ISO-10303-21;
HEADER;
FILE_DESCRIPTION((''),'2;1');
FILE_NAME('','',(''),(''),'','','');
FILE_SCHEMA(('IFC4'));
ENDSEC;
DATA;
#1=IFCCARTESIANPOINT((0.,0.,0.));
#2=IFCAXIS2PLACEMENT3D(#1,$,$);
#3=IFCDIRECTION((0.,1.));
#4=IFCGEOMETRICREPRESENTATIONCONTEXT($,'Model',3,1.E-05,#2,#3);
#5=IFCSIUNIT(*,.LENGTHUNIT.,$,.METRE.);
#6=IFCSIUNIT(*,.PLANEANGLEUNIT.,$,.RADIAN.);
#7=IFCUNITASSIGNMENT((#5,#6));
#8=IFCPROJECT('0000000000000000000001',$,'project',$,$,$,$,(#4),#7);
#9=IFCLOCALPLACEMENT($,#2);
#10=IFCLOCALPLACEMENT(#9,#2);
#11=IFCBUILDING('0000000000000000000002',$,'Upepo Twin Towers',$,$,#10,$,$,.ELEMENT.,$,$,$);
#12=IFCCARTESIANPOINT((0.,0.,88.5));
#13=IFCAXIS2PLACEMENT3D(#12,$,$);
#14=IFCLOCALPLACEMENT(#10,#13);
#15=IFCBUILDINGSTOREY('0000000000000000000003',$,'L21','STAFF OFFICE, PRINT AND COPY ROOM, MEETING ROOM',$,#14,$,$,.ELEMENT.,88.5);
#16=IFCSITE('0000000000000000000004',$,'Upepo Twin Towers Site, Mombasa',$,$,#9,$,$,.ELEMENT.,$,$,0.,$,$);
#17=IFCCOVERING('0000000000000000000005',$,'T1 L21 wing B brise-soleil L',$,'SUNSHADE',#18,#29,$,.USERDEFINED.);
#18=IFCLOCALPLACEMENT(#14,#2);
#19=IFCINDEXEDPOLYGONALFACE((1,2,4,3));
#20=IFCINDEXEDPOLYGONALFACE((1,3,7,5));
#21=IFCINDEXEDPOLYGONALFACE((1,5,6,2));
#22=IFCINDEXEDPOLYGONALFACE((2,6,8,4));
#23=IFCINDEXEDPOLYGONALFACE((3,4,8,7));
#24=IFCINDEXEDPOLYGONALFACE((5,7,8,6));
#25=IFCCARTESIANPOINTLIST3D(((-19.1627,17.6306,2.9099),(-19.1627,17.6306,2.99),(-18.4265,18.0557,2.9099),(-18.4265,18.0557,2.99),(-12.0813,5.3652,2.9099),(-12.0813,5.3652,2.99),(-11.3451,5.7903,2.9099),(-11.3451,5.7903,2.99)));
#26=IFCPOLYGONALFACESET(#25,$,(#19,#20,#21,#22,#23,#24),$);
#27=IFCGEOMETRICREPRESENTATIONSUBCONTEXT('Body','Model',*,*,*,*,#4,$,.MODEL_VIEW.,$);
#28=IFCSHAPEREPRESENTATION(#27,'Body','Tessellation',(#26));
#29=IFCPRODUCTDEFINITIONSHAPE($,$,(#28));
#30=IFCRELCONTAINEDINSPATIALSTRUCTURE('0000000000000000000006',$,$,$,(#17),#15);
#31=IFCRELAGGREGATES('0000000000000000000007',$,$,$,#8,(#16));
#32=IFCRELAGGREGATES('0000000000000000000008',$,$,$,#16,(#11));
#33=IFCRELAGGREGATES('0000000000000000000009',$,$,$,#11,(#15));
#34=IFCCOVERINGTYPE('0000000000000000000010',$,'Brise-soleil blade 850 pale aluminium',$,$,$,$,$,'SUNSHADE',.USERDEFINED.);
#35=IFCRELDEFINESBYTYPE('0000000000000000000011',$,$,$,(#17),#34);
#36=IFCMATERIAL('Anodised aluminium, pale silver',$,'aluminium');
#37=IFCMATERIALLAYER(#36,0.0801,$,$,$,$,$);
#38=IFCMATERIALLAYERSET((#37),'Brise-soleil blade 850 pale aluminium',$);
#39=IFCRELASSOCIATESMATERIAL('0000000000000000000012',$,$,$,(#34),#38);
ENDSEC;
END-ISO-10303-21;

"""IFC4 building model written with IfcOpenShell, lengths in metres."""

from ifc_helpers import new_model, si_unit, direction, frame, origin, origin_2d, place, context, subcontext, project, spatial, rectangle, extrude, material, layer, layer_set, type_object, element, save


model = new_model("IFC4")

# Units and contexts
model_context = context("Model", 3, precision=1e-05, world=origin(), true_north=direction((0.0, 1.0)))
body_context = subcontext(model_context, "Body", "Model", "MODEL_VIEW")
ifc_project = project(units=[si_unit("LENGTHUNIT", "METRE"), si_unit("PLANEANGLEUNIT", "RADIAN")], contexts=[model_context])

# Site, building, storey
site_placement = place(None, origin())
site = spatial("IfcSite", under=ifc_project, at=site_placement, Name="Upepo Twin Towers Site, Mombasa", CompositionType="ELEMENT", RefElevation=0.0)
building_placement = place(site_placement, origin())
building = spatial("IfcBuilding", under=site, at=building_placement, Name="Upepo Twin Towers", CompositionType="ELEMENT")
storey_placement = place(building_placement, frame((0.0, 0.0, 88.5)))
storey = spatial("IfcBuildingStorey", under=building, at=storey_placement, Name="L21", Description="STAFF OFFICE, PRINT AND COPY ROOM, MEETING ROOM", CompositionType="ELEMENT", Elevation=88.5)

# Covering
ifc_material_1 = material(Name="Anodised aluminium, pale silver", Category="aluminium")
ifc_layer_1 = layer(ifc_material_1, 0.0801)
ifc_layer_set_1 = layer_set([ifc_layer_1], Name="Brise-soleil blade 850 pale aluminium")
covering_type = type_object("IfcCoveringType", Name="Brise-soleil blade 850 pale aluminium", ElementType="SUNSHADE", PredefinedType="USERDEFINED", material=ifc_layer_set_1)
covering_placement = place(storey_placement, frame((-15.2539, 11.7104, 2.9099), z_axis=(0.0, 0.0, 1.0), x_axis=(-0.5, 0.866025, 0.0)))
element("IfcCovering", 1, at=covering_placement, inside=storey, type_object=covering_type, Name="T1 L21 wing B brise-soleil L", ObjectType="SUNSHADE", PredefinedType="USERDEFINED", context=body_context, shape_type="SweptSolid", body=[
    extrude(rectangle(XDim=14.1628, YDim=0.8501, at=origin_2d()), origin(), (0.0, 0.0, 1.0), 0.0801),
])

save(model, "model.ifc")
